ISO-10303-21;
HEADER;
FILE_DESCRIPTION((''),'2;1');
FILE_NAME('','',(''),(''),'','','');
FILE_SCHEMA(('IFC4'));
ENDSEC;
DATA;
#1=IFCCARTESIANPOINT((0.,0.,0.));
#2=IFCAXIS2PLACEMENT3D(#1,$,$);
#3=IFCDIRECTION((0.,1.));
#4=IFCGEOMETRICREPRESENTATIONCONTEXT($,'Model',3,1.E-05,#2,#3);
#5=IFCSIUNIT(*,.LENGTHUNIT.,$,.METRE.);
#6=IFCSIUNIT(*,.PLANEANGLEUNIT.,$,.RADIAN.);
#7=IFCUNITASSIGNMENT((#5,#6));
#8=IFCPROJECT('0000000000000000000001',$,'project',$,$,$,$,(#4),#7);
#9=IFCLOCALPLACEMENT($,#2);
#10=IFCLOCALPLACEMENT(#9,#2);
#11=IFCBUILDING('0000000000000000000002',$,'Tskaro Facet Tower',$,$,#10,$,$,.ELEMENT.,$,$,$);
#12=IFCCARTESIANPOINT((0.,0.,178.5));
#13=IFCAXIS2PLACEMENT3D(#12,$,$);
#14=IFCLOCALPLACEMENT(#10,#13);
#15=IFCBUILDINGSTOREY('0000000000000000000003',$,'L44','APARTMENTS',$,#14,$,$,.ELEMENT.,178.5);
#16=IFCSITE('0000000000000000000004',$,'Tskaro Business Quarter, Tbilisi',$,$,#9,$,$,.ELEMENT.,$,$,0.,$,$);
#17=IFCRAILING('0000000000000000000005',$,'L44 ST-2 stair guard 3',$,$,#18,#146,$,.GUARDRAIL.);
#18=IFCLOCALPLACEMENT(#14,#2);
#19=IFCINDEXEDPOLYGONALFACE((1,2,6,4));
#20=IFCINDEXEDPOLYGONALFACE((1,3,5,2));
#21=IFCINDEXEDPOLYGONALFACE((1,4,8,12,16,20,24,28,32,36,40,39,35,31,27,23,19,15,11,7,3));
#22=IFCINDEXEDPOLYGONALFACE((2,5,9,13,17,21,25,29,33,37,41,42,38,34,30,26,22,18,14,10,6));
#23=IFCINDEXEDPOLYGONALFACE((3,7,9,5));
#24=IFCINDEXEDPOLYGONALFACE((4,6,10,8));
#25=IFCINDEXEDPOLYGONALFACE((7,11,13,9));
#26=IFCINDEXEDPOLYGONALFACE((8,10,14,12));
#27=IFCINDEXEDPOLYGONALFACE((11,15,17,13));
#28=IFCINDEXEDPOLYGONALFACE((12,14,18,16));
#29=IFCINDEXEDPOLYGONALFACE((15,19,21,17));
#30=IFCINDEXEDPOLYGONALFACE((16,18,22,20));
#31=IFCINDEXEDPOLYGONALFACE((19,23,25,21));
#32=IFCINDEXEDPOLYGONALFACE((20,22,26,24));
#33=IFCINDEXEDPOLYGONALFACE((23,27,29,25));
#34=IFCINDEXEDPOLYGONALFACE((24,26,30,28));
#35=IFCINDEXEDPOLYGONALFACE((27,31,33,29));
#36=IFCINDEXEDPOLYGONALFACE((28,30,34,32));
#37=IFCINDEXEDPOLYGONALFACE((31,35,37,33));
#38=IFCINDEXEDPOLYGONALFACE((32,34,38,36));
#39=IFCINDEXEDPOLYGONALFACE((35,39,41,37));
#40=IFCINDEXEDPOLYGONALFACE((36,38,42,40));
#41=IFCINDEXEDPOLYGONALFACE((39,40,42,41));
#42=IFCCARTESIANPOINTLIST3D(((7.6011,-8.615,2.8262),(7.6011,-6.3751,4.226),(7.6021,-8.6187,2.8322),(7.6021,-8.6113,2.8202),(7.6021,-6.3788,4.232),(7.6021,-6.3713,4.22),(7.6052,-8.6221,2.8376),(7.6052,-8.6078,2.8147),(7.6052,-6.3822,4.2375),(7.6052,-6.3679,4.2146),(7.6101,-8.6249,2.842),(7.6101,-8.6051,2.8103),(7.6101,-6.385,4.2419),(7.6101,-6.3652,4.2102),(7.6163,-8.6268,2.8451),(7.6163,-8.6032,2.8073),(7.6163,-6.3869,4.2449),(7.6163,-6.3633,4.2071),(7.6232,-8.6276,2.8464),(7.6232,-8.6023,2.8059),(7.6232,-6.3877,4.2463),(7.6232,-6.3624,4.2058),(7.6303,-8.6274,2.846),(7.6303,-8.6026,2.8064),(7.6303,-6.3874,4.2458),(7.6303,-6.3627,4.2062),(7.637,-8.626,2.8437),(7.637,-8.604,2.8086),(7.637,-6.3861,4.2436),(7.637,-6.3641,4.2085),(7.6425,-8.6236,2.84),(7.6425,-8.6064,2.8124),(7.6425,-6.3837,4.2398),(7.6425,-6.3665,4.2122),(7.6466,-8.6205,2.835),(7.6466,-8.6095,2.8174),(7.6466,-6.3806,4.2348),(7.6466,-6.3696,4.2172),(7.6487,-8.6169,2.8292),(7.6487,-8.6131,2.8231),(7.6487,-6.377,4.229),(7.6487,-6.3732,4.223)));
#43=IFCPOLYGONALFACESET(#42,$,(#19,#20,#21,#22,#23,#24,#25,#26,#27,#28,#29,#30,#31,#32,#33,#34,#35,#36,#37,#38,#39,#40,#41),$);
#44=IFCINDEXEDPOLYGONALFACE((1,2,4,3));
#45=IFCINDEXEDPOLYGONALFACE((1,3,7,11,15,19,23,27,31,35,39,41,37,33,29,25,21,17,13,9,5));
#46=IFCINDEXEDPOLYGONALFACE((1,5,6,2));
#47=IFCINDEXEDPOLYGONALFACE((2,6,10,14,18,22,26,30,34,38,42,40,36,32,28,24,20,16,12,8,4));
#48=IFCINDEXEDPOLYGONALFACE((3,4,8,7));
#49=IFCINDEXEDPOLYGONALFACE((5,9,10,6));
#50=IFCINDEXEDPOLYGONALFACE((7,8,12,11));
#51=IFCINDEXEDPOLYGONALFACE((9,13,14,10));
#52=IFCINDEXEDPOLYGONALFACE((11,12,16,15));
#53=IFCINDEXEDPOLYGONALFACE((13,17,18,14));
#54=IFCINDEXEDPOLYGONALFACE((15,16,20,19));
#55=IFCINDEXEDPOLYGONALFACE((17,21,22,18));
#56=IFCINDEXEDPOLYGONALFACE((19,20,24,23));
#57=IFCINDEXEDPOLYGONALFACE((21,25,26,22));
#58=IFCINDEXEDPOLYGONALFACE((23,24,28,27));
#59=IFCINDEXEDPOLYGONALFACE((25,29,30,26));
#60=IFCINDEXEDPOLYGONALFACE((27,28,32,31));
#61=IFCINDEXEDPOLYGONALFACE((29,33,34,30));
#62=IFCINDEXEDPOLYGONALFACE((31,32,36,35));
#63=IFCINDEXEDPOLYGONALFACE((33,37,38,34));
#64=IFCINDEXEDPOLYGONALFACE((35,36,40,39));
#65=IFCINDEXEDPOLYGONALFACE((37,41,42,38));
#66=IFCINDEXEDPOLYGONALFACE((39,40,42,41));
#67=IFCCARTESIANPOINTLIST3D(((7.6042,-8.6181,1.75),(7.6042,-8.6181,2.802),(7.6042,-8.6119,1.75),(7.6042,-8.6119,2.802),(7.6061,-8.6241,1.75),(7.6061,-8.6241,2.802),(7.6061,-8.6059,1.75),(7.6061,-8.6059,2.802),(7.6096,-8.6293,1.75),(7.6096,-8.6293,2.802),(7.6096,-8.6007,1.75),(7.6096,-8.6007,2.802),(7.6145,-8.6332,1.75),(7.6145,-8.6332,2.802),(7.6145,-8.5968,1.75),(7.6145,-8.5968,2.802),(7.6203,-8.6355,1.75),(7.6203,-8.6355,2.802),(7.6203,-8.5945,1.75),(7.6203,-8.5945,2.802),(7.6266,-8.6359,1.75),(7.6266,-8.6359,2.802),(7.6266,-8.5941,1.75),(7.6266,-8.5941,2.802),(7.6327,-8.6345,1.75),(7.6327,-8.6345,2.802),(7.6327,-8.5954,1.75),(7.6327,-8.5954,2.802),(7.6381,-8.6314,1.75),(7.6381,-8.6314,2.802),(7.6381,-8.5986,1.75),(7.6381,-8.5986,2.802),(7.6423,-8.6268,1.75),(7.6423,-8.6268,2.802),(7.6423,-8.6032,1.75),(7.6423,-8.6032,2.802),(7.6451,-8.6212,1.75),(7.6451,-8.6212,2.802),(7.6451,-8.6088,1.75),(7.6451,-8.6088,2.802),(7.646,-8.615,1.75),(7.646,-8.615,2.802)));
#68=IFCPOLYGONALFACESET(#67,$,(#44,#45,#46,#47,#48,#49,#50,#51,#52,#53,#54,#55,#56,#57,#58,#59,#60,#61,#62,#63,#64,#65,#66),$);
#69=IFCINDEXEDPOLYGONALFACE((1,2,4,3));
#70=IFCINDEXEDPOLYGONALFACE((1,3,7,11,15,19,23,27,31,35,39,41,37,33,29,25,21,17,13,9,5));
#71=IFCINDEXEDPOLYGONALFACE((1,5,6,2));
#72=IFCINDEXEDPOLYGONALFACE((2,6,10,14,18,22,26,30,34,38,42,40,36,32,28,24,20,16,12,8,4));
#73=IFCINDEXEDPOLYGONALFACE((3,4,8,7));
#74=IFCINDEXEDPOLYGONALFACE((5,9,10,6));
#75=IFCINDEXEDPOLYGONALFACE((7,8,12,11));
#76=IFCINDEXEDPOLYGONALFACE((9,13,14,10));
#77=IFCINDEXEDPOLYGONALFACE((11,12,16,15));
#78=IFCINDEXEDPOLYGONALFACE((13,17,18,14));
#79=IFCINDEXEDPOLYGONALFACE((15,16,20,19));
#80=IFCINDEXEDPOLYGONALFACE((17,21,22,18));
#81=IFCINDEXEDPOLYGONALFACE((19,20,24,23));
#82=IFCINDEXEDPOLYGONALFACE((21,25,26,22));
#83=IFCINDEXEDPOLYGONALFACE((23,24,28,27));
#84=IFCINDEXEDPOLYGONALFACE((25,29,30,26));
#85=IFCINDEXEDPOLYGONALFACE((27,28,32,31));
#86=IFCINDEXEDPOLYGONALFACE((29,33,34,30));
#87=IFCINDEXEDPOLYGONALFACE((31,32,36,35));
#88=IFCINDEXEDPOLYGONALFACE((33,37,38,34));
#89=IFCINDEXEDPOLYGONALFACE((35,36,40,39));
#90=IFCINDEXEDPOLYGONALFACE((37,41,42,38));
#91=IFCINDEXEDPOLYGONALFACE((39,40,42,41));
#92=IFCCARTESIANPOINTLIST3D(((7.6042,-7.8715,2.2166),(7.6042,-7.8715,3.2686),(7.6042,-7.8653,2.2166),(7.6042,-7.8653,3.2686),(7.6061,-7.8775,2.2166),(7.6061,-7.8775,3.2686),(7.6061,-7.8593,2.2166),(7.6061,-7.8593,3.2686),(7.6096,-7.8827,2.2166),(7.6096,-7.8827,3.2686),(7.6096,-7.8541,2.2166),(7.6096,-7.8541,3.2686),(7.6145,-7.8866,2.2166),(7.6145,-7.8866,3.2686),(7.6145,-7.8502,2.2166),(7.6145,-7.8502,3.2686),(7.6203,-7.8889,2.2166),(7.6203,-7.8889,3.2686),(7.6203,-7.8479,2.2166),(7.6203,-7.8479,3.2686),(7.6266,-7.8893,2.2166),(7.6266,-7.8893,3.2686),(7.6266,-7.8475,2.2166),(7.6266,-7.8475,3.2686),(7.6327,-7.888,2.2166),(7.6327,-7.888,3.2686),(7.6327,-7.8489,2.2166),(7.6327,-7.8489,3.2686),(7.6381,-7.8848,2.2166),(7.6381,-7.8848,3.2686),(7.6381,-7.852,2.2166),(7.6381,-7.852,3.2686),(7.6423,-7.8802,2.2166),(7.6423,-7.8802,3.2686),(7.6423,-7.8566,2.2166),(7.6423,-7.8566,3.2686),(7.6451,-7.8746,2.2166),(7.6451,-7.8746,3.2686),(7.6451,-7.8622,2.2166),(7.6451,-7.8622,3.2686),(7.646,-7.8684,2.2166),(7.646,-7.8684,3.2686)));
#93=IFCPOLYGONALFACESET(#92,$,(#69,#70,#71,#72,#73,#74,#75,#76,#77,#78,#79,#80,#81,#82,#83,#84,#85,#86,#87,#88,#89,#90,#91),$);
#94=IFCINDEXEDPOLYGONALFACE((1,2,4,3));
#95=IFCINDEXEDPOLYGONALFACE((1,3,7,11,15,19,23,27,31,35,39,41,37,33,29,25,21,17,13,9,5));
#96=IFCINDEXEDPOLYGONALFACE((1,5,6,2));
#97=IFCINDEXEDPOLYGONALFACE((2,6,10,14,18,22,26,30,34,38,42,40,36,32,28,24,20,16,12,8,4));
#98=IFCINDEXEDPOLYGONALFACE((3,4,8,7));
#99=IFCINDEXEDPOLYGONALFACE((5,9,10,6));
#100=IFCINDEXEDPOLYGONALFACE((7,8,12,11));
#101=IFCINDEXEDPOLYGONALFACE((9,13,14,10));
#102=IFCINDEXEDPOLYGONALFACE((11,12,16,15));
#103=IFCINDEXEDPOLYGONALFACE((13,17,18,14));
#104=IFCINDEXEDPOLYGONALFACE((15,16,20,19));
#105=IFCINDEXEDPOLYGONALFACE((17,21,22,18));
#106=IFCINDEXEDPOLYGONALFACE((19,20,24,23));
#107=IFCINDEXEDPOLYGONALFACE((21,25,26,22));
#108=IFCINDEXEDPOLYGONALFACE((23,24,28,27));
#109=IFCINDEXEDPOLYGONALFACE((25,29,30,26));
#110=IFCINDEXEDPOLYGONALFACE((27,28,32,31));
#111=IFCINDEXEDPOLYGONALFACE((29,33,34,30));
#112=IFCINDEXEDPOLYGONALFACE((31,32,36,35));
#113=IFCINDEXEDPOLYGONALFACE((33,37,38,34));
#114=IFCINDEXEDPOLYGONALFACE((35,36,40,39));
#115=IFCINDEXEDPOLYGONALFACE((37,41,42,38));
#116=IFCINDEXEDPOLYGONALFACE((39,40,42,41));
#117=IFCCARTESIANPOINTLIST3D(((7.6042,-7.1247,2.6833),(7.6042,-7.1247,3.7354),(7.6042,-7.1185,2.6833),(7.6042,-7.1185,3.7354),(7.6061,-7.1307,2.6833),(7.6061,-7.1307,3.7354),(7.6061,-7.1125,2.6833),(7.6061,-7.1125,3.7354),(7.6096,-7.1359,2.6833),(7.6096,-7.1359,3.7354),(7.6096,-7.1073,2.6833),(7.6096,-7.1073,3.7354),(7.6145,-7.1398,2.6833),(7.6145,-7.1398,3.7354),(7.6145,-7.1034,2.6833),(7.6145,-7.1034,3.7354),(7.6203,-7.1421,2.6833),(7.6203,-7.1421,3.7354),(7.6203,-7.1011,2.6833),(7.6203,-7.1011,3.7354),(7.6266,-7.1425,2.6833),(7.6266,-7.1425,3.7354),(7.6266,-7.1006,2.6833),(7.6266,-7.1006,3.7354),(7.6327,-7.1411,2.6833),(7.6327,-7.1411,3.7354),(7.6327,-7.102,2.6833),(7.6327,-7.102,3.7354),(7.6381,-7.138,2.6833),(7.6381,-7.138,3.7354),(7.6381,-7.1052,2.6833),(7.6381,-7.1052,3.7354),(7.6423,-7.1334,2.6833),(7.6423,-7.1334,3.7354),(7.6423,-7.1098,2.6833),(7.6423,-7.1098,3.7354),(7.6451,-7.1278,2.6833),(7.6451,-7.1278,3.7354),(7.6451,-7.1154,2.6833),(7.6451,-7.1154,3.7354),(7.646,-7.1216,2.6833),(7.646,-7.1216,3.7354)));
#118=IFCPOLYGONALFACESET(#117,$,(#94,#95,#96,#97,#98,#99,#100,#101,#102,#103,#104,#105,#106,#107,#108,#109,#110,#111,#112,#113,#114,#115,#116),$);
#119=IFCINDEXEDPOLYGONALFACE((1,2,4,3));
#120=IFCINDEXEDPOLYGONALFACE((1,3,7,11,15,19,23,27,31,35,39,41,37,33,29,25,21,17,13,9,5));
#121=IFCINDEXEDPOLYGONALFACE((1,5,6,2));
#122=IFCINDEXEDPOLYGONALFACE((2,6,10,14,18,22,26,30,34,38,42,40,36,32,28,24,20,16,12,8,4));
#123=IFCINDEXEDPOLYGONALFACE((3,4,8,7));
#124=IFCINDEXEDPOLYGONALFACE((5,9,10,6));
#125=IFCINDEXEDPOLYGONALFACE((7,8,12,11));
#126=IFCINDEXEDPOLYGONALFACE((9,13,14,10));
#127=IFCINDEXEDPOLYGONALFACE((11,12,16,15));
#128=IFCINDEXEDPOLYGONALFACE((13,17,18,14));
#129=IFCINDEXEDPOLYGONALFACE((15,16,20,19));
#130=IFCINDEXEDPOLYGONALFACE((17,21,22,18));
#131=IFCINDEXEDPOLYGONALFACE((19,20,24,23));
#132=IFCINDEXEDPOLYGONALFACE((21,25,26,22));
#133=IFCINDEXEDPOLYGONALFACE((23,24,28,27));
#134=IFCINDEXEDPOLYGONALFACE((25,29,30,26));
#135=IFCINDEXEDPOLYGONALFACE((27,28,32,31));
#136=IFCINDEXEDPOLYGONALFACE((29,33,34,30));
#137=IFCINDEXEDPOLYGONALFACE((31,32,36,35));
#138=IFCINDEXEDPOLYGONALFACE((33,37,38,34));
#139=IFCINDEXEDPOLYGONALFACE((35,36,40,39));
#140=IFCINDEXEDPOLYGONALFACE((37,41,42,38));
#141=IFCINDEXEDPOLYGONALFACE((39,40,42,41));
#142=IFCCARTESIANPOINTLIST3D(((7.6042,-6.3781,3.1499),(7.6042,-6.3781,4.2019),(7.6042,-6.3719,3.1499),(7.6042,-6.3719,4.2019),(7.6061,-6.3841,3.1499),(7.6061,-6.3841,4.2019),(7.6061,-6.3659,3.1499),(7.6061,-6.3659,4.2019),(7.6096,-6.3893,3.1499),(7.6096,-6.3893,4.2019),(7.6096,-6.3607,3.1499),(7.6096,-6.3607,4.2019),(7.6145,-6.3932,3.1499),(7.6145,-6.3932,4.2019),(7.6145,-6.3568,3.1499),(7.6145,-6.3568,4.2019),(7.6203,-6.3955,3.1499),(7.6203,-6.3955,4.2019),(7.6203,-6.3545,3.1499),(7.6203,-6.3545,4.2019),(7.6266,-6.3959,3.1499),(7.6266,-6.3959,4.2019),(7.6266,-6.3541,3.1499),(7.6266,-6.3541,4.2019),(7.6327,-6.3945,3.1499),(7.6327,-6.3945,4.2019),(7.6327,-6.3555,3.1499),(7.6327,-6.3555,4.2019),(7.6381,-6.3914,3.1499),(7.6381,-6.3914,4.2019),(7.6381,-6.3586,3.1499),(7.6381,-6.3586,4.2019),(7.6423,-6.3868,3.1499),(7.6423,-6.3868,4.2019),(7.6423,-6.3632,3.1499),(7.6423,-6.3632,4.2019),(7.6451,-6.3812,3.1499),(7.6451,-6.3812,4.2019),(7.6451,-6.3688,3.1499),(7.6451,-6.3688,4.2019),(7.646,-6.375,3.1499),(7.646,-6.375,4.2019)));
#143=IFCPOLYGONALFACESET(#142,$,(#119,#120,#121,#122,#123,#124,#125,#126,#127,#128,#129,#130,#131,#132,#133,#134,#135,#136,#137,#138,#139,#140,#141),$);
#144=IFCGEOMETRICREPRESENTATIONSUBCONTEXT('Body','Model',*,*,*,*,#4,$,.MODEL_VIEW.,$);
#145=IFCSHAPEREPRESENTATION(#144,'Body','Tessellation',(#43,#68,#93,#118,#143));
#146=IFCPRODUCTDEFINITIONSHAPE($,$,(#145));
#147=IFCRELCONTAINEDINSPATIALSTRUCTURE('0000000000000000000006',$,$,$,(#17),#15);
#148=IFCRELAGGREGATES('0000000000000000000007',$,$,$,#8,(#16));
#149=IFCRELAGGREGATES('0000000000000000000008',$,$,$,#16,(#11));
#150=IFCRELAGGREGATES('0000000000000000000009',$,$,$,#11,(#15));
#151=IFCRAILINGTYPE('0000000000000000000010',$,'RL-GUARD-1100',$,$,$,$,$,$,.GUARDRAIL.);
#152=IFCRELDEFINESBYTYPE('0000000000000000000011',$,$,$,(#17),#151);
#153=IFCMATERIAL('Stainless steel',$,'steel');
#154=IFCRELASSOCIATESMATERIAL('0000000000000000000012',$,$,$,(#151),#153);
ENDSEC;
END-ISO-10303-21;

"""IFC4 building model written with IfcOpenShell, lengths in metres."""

from ifc_helpers import new_model, si_unit, direction, frame, origin, origin_2d, place, context, subcontext, project, spatial, circle, extrude, material, type_object, element, save


model = new_model("IFC4")

# Units and contexts
model_context = context("Model", 3, precision=1e-05, world=origin(), true_north=direction((0.0, 1.0)))
body_context = subcontext(model_context, "Body", "Model", "MODEL_VIEW")
ifc_project = project(units=[si_unit("LENGTHUNIT", "METRE"), si_unit("PLANEANGLEUNIT", "RADIAN")], contexts=[model_context])

# Site, building, storey
site_placement = place(None, origin())
site = spatial("IfcSite", under=ifc_project, at=site_placement, Name="Tskaro Business Quarter, Tbilisi", CompositionType="ELEMENT", RefElevation=0.0)
building_placement = place(site_placement, origin())
building = spatial("IfcBuilding", under=site, at=building_placement, Name="Tskaro Facet Tower", CompositionType="ELEMENT")
storey_placement = place(building_placement, frame((0.0, 0.0, 178.5)))
storey = spatial("IfcBuildingStorey", under=building, at=storey_placement, Name="L44", Description="APARTMENTS", CompositionType="ELEMENT", Elevation=178.5)

# Shared definitions
ifc_material_1 = material(Name="Stainless steel", Category="steel")

# Railing
railing_type_1 = type_object("IfcRailingType", Name="RL-GUARD-1100", PredefinedType="GUARDRAIL", material=ifc_material_1)
railing_1_placement = place(storey_placement, frame((7.625, -8.615, 1.75)))
element("IfcRailing", 1, at=railing_1_placement, inside=storey, type_object=railing_type_1, Name="L44 ST-2 stair guard 3", PredefinedType="GUARDRAIL", context=body_context, shape_type="SweptSolid", body=[
    extrude(circle(Radius=0.0239, at=origin_2d()), frame((0.0, 0.0, 1.0762), z_axis=(0.0, 0.848014, 0.529974), x_axis=(-1.0, 0.0, 0.0)), (0.0, 0.0, 1.0), 2.6414),
    extrude(circle(Radius=0.021, at=origin_2d()), origin(), (0.0, 0.0, 1.0), 1.052),
    extrude(circle(Radius=0.021, at=origin_2d()), frame((0.0, 0.7466, 0.4666)), (0.0, 0.0, 1.0), 1.052),
    extrude(circle(Radius=0.021, at=origin_2d()), frame((0.0, 1.4934, 0.9333)), (0.0, 0.0, 1.0), 1.052),
    extrude(circle(Radius=0.021, at=origin_2d()), frame((0.0, 2.24, 1.3999)), (0.0, 0.0, 1.0), 1.052),
])

save(model, "model.ifc")
